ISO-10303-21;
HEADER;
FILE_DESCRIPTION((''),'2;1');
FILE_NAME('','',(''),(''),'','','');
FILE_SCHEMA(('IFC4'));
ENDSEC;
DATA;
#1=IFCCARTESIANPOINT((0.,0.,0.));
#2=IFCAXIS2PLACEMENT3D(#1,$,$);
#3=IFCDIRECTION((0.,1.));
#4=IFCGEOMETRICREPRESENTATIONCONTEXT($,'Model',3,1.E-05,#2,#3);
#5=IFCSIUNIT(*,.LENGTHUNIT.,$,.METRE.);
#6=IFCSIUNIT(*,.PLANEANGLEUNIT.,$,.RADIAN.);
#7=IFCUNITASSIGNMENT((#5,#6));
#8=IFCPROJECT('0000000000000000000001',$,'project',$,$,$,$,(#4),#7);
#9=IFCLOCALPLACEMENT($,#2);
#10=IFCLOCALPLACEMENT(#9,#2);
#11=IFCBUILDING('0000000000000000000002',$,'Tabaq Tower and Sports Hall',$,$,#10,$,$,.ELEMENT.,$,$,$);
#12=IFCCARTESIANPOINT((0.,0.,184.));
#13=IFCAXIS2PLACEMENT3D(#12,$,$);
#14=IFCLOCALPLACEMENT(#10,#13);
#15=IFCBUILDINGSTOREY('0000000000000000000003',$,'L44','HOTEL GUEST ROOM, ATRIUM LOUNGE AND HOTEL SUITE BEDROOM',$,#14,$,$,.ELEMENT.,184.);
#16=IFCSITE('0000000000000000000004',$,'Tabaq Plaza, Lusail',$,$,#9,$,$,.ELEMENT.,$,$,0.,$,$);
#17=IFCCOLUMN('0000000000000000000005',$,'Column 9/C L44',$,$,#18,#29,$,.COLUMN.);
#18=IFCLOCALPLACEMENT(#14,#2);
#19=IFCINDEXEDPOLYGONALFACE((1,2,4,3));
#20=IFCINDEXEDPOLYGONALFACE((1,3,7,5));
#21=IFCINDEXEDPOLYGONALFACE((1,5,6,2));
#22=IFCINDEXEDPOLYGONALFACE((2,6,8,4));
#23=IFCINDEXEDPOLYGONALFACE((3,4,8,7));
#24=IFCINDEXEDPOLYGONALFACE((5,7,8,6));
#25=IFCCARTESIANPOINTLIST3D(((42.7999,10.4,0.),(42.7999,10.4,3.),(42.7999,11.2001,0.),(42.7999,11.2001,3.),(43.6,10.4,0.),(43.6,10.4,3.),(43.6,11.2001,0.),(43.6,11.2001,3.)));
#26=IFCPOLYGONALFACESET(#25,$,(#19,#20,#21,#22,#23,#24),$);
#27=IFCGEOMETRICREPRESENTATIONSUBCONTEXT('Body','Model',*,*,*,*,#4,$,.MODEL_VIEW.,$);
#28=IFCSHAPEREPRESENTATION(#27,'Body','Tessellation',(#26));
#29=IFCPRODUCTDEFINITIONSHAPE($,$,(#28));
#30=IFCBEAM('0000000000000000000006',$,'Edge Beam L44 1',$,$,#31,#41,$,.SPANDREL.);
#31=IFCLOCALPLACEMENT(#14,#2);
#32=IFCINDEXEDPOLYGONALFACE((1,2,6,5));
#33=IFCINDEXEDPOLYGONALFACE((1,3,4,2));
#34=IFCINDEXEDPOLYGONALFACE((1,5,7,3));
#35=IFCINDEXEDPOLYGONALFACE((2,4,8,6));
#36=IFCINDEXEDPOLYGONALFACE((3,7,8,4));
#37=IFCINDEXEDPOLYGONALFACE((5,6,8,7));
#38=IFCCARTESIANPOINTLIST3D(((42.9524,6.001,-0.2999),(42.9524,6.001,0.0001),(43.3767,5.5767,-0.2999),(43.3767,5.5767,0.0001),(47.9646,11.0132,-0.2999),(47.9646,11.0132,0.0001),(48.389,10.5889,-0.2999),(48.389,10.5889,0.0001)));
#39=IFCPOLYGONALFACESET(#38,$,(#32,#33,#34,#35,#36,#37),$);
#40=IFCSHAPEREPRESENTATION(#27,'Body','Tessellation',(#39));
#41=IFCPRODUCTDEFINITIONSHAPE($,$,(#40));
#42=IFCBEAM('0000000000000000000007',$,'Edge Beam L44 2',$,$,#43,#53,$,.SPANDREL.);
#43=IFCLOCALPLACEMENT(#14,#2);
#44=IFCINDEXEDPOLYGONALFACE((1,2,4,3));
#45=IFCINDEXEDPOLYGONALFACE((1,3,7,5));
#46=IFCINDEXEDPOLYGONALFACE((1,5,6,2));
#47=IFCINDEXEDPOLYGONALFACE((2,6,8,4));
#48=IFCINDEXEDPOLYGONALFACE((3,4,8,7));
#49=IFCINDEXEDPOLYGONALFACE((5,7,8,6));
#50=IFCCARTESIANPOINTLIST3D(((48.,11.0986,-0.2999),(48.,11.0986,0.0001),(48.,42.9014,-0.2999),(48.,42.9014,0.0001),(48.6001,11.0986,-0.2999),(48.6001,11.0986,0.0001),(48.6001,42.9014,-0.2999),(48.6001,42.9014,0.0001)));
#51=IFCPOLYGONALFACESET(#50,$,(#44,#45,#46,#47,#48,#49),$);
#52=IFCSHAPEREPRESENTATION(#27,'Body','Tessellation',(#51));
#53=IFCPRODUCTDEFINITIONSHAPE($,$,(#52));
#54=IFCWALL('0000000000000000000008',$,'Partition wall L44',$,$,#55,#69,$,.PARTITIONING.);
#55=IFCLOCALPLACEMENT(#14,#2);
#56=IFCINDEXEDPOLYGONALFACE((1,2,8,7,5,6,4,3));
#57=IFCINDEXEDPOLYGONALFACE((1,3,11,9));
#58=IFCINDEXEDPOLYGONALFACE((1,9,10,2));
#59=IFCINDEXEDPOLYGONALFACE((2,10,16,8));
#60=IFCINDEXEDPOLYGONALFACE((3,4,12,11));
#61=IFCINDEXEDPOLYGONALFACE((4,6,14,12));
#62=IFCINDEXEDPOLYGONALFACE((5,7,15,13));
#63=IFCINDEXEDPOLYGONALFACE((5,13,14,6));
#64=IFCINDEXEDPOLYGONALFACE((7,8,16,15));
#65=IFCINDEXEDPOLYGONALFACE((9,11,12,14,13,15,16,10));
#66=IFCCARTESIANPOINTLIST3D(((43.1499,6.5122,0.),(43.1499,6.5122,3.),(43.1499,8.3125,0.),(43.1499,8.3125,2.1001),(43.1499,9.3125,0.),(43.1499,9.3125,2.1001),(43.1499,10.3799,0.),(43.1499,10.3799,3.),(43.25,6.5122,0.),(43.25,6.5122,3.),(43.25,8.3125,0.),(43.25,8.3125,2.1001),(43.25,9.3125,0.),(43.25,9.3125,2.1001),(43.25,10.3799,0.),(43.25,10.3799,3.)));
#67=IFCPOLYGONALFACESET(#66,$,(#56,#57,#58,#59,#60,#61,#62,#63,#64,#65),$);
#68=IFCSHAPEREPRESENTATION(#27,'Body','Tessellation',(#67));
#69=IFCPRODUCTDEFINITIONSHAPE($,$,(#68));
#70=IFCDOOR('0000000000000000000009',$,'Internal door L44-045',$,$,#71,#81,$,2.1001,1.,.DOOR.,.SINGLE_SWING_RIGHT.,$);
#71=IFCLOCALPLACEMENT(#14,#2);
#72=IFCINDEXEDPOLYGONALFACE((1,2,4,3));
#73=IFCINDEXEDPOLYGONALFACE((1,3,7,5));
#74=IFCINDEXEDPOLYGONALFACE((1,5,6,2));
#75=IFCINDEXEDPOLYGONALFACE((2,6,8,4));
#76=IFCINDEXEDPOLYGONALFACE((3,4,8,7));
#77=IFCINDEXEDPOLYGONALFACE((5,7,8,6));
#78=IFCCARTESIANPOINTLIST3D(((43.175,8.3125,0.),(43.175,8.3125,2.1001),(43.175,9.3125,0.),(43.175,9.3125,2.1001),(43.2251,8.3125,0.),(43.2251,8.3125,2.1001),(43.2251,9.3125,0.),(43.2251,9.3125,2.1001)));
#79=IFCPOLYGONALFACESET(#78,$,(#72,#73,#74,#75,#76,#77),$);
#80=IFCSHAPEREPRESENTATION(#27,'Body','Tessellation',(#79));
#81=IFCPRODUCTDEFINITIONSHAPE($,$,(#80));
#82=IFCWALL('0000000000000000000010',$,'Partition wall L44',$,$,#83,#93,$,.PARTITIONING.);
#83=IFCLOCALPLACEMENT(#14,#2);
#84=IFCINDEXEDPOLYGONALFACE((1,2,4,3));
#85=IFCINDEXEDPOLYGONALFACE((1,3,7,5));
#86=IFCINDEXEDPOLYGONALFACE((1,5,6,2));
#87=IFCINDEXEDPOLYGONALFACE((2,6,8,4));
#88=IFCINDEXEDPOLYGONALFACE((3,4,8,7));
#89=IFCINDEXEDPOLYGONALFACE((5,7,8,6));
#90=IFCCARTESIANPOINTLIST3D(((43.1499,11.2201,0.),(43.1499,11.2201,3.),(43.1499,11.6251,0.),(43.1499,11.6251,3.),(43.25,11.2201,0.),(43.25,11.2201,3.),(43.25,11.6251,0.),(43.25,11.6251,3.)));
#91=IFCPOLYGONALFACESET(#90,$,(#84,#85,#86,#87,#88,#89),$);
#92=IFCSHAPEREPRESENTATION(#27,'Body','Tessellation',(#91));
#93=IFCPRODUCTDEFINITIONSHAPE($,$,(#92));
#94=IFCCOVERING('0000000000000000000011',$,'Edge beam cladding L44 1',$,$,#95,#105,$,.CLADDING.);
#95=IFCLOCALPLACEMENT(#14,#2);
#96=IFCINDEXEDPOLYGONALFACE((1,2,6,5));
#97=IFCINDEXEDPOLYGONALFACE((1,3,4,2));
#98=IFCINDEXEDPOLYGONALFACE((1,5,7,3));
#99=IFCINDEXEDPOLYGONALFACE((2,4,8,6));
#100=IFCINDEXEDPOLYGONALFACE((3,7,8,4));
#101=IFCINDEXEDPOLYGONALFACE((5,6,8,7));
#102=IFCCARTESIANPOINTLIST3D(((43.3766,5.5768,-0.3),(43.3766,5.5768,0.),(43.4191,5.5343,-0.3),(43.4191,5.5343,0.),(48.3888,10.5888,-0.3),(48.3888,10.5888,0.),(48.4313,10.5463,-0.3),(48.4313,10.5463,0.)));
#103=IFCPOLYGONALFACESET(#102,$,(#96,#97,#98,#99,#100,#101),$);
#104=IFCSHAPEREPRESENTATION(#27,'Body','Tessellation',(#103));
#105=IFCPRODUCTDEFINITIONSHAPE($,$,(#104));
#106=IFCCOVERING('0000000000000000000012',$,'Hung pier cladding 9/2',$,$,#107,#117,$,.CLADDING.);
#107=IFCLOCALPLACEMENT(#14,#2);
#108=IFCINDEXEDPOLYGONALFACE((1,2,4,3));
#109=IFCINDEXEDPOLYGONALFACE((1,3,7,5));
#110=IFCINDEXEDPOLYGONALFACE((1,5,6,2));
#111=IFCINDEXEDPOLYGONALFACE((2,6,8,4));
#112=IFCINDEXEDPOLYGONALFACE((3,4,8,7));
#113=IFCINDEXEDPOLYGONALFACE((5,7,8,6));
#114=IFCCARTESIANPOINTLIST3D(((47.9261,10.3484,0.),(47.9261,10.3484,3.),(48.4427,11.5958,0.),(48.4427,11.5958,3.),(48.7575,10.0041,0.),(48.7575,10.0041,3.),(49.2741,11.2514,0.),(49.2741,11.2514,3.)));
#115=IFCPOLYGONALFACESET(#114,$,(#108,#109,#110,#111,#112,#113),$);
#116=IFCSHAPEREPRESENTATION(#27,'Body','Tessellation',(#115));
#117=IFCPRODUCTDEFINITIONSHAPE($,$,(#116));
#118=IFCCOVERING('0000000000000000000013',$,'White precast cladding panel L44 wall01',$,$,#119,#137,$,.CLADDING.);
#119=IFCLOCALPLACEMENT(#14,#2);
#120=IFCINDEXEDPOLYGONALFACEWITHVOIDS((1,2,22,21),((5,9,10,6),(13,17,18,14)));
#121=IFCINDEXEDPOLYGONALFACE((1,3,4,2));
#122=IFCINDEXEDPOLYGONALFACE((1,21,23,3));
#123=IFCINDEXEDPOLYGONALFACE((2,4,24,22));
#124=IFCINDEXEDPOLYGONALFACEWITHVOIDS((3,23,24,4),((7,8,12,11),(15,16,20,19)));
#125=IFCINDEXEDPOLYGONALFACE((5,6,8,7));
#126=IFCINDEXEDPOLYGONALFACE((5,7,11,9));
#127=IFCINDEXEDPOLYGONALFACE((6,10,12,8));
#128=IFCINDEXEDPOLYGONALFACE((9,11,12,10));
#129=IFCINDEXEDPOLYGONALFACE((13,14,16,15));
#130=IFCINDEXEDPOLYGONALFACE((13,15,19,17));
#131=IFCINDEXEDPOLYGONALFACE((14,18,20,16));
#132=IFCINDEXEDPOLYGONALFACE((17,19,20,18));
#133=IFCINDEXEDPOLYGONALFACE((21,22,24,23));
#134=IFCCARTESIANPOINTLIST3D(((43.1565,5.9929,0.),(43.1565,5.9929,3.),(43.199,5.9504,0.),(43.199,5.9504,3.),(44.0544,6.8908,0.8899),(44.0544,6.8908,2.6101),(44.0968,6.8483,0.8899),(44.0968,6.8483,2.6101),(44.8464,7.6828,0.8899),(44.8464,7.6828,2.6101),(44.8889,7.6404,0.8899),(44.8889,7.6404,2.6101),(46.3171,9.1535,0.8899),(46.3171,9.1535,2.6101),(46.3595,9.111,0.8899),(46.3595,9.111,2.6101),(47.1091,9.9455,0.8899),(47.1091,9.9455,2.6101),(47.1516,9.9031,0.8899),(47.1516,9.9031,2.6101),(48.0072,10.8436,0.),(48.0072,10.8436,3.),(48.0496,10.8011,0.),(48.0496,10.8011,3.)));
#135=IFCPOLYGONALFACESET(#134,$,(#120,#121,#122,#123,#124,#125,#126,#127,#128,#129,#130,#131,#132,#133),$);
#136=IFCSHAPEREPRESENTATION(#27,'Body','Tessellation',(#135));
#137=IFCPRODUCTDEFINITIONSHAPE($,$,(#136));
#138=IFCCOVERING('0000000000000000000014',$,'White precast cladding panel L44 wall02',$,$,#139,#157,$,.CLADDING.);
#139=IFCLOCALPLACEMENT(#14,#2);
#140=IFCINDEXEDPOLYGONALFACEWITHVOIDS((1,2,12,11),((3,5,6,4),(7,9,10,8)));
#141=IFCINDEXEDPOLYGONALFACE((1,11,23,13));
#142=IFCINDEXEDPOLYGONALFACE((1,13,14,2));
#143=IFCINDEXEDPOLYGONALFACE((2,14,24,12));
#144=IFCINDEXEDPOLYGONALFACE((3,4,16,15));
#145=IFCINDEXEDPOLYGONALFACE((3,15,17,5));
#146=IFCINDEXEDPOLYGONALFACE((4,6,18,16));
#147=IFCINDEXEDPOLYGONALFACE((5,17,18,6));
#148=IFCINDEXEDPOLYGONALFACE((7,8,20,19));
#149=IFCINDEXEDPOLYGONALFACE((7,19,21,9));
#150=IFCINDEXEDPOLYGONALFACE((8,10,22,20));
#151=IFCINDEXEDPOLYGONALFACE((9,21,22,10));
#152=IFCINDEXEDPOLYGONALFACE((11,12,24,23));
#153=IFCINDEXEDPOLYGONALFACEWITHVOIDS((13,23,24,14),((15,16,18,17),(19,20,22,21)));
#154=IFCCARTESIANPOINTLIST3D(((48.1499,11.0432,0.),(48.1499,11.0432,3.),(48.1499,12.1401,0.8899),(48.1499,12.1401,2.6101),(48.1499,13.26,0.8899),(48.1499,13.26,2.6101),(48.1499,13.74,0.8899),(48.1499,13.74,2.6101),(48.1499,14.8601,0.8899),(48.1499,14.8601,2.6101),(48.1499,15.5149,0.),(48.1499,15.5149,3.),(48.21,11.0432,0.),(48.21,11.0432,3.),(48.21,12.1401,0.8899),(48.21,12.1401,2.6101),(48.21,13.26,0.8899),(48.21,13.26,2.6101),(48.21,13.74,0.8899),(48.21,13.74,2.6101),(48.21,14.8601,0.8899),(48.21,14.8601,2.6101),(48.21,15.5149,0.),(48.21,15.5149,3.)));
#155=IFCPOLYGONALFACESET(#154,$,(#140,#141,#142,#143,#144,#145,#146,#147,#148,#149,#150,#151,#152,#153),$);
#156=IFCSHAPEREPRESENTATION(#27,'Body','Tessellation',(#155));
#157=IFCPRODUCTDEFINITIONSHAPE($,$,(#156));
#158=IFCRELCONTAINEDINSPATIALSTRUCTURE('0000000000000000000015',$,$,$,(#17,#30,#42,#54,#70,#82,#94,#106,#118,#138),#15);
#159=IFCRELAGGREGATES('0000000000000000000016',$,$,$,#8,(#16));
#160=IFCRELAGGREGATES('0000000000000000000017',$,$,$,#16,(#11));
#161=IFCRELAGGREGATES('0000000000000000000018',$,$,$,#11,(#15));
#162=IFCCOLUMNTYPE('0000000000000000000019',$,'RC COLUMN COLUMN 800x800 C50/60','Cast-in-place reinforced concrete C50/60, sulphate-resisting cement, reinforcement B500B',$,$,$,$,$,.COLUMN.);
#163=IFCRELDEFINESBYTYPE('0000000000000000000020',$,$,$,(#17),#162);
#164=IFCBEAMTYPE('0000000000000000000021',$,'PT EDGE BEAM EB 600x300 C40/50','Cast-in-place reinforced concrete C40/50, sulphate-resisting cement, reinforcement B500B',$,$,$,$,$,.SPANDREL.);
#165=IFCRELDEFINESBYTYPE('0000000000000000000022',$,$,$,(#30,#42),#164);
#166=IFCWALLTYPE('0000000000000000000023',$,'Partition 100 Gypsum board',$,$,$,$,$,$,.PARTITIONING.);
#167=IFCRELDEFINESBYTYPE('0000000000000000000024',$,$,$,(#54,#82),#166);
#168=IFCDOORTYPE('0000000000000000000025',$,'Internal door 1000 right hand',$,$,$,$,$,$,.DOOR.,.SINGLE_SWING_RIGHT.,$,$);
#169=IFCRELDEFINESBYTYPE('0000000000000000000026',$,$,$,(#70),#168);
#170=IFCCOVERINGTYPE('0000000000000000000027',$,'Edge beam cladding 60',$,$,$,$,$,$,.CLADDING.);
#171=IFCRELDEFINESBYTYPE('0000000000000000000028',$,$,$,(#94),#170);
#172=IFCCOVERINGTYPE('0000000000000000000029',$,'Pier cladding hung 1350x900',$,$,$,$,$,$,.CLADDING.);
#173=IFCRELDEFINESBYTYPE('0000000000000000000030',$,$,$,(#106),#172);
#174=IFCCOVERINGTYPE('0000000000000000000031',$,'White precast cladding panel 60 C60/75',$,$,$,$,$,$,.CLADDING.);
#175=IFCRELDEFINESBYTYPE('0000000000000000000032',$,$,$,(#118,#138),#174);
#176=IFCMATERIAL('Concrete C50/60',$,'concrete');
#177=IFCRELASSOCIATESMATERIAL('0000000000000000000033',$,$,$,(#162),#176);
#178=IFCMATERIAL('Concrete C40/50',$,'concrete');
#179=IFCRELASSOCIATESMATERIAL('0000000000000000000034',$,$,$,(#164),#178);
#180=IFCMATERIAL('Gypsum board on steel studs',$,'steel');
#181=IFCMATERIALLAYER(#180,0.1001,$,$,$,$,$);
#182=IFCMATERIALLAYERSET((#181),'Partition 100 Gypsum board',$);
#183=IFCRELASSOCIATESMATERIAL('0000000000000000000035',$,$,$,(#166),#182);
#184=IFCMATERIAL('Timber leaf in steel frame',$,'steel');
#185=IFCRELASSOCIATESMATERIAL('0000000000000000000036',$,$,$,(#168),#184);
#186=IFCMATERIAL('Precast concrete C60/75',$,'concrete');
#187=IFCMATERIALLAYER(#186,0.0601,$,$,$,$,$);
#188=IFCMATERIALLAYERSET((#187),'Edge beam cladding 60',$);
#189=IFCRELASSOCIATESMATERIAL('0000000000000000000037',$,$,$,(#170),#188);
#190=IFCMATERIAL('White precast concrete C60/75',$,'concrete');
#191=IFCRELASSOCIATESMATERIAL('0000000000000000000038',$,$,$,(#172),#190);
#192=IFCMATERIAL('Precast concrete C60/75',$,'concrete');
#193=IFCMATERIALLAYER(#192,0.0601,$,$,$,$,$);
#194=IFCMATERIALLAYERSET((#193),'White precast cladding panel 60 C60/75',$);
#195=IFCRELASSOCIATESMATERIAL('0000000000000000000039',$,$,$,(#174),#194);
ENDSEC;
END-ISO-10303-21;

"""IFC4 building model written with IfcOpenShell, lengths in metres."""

from ifc_helpers import new_model, si_unit, direction, frame, frame_2d, origin, origin_2d, place, context, subcontext, project, spatial, polyline, rectangle, outline, extrude, material, layer, layer_set, material_profile, profile_set, type_object, element, fill, save


model = new_model("IFC4")

# Units and contexts
model_context = context("Model", 3, precision=1e-05, world=origin(), true_north=direction((0.0, 1.0)))
body_context = subcontext(model_context, "Body", "Model", "MODEL_VIEW")
ifc_project = project(units=[si_unit("LENGTHUNIT", "METRE"), si_unit("PLANEANGLEUNIT", "RADIAN")], contexts=[model_context])

# Site, building, storey
site_placement = place(None, origin())
site = spatial("IfcSite", under=ifc_project, at=site_placement, Name="Tabaq Plaza, Lusail", CompositionType="ELEMENT", RefElevation=0.0)
building_placement = place(site_placement, origin())
building = spatial("IfcBuilding", under=site, at=building_placement, Name="Tabaq Tower and Sports Hall", CompositionType="ELEMENT")
storey_placement = place(building_placement, frame((0.0, 0.0, 184.0)))
storey = spatial("IfcBuildingStorey", under=building, at=storey_placement, Name="L44", Description="HOTEL GUEST ROOM, ATRIUM LOUNGE AND HOTEL SUITE BEDROOM", CompositionType="ELEMENT", Elevation=184.0)

# Column
ifc_material_1 = material(Name="Concrete C50/60", Category="concrete")
ifc_material_profile_1 = material_profile(ifc_material_1, rectangle(XDim=0.8, YDim=0.8, at=origin_2d()), Name="COLUMN 800x800")
ifc_profile_set_1 = profile_set([ifc_material_profile_1], Name="Concrete C50/60")
column_type = type_object("IfcColumnType", Name="RC COLUMN COLUMN 800x800 C50/60", Description="Cast-in-place reinforced concrete C50/60, sulphate-resisting cement, reinforcement B500B", PredefinedType="COLUMN", material=ifc_profile_set_1)
column_placement = place(storey_placement, frame((43.2, 10.8, 0.0), z_axis=(0.0, 0.0, 1.0), x_axis=(1.0, 0.0, 0.0)))
element("IfcColumn", 1, at=column_placement, inside=storey, type_object=column_type, Name="Column 9/C L44", PredefinedType="COLUMN", context=body_context, shape_type="SweptSolid", body=[
    extrude(rectangle(XDim=0.8, YDim=0.8, at=origin_2d()), origin(), (0.0, 0.0, 1.0), 3.0),
])

# Beams
ifc_material_2 = material(Name="Concrete C40/50", Category="concrete")
ifc_material_profile_2 = material_profile(ifc_material_2, rectangle(XDim=0.6001, YDim=0.3, at=origin_2d()), Name="EB 600x300")
ifc_profile_set_2 = profile_set([ifc_material_profile_2], Name="Concrete C40/50")
beam_type = type_object("IfcBeamType", Name="PT EDGE BEAM EB 600x300 C40/50", Description="Cast-in-place reinforced concrete C40/50, sulphate-resisting cement, reinforcement B500B", PredefinedType="SPANDREL", material=ifc_profile_set_2)
beam_1_placement = place(storey_placement, frame((43.1646, 5.7888, -0.1499), z_axis=(0.707107, 0.707107, 0.0), x_axis=(-0.707107, 0.707107, 0.0)))
element("IfcBeam", 2, at=beam_1_placement, inside=storey, type_object=beam_type, Name="Edge Beam L44 1", PredefinedType="SPANDREL", context=body_context, shape_type="SweptSolid", body=[
    extrude(rectangle(XDim=0.6001, YDim=0.3, at=origin_2d()), origin(), (0.0, 0.0, 1.0), 7.0884),
])
beam_2_placement = place(storey_placement, frame((48.3, 11.0986, -0.1499), z_axis=(0.0, 1.0, 0.0), x_axis=(-1.0, 0.0, 0.0)))
element("IfcBeam", 3, at=beam_2_placement, inside=storey, type_object=beam_type, Name="Edge Beam L44 2", PredefinedType="SPANDREL", context=body_context, shape_type="SweptSolid", body=[
    extrude(rectangle(XDim=0.6001, YDim=0.3, at=origin_2d()), origin(), (0.0, 0.0, 1.0), 31.8027),
])

# Wall, opening, door
ifc_material_3 = material(Name="Gypsum board on steel studs", Category="steel")
ifc_layer_1 = layer(ifc_material_3, 0.1001)
ifc_layer_set_1 = layer_set([ifc_layer_1], Name="Partition 100 Gypsum board")
wall_type_1 = type_object("IfcWallType", Name="Partition 100 Gypsum board", PredefinedType="PARTITIONING", material=ifc_layer_set_1)
wall_1_placement = place(storey_placement, frame((43.2, 6.5122, 0.0), z_axis=(0.0, 0.0, 1.0), x_axis=(0.0, 1.0, 0.0)))
wall_1 = element("IfcWall", 4, at=wall_1_placement, inside=storey, type_object=wall_type_1, Name="Partition wall L44", PredefinedType="PARTITIONING", context=body_context, shape_type="SweptSolid", body=[
    extrude(rectangle(XDim=3.8677, YDim=0.1001, at=frame_2d((1.9338, 0.0))), origin(), (0.0, 0.0, 1.0), 3.0),
])
opening_1_placement = place(wall_1_placement, frame((1.8003, 0.0, 0.0)))
opening_1 = element("IfcOpeningElement", 5, at=opening_1_placement, cuts=wall_1, PredefinedType="OPENING", context=body_context, shape_type="SweptSolid", body=[
    extrude(rectangle(XDim=1.0, YDim=2.1001, at=frame_2d((0.5, 1.05))), frame((0.0, 0.05, 0.0), z_axis=(0.0, -1.0, 0.0), x_axis=(1.0, 0.0, 0.0)), (0.0, 0.0, 1.0), 0.1001),
])
ifc_material_4 = material(Name="Timber leaf in steel frame", Category="steel")
door_type = type_object("IfcDoorType", Name="Internal door 1000 right hand", OperationType="SINGLE_SWING_RIGHT", PredefinedType="DOOR", material=ifc_material_4)
door_placement = place(opening_1_placement, origin())
door = element("IfcDoor", 6, at=door_placement, inside=storey, type_object=door_type, Name="Internal door L44-045", OperationType="SINGLE_SWING_RIGHT", OverallHeight=2.1001, OverallWidth=1.0, PredefinedType="DOOR", context=body_context, shape_type="SweptSolid", body=[
    extrude(rectangle(XDim=1.0, YDim=2.1001, at=frame_2d((0.5, 1.05))), frame((0.0, 0.0249, 0.0), z_axis=(0.0, -1.0, 0.0), x_axis=(1.0, 0.0, 0.0)), (0.0, 0.0, 1.0), 0.05),
])
fill(opening_1, door)

# Wall
wall_2_placement = place(storey_placement, frame((43.2, 11.22, 0.0), z_axis=(0.0, 0.0, 1.0), x_axis=(0.0, 1.0, 0.0)))
element("IfcWall", 7, at=wall_2_placement, inside=storey, type_object=wall_type_1, Name="Partition wall L44", PredefinedType="PARTITIONING", context=body_context, shape_type="SweptSolid", body=[
    extrude(rectangle(XDim=0.405, YDim=0.1001, at=frame_2d((0.2026, 0.0))), origin(), (0.0, 0.0, 1.0), 3.0),
])

# Coverings
ifc_material_5 = material(Name="Precast concrete C60/75", Category="concrete")
ifc_layer_2 = layer(ifc_material_5, 0.0601)
ifc_layer_set_2 = layer_set([ifc_layer_2], Name="Edge beam cladding 60")
covering_type_1 = type_object("IfcCoveringType", Name="Edge beam cladding 60", PredefinedType="CLADDING", material=ifc_layer_set_2)
covering_1_placement = place(storey_placement, frame((43.3979, 5.5557, -0.3), z_axis=(0.0, 0.0, 1.0), x_axis=(0.707124, 0.70709, 0.0)))
element("IfcCovering", 8, at=covering_1_placement, inside=storey, type_object=covering_type_1, Name="Edge beam cladding L44 1", PredefinedType="CLADDING", context=body_context, shape_type="SweptSolid", body=[
    extrude(rectangle(XDim=7.0881, YDim=0.0601, at=frame_2d((3.5439, 0.0))), origin(), (0.0, 0.0, 1.0), 0.3),
])
ifc_material_6 = material(Name="White precast concrete C60/75", Category="concrete")
covering_type_2 = type_object("IfcCoveringType", Name="Pier cladding hung 1350x900", PredefinedType="CLADDING", material=ifc_material_6)
covering_2_placement = place(storey_placement, frame((48.3418, 10.1763, 0.0), z_axis=(0.0, 0.0, 1.0), x_axis=(0.38265, 0.923893, 0.0)))
element("IfcCovering", 9, at=covering_2_placement, inside=storey, type_object=covering_type_2, Name="Hung pier cladding 9/2", PredefinedType="CLADDING", context=body_context, shape_type="SweptSolid", body=[
    extrude(rectangle(XDim=1.3501, YDim=0.8999, at=frame_2d((0.675, 0.0))), origin(), (0.0, 0.0, 1.0), 3.0),
])
ifc_material_7 = material(Name="Precast concrete C60/75", Category="concrete")
ifc_layer_3 = layer(ifc_material_7, 0.0601)
ifc_layer_set_3 = layer_set([ifc_layer_3], Name="White precast cladding panel 60 C60/75")
covering_type_3 = type_object("IfcCoveringType", Name="White precast cladding panel 60 C60/75", PredefinedType="CLADDING", material=ifc_layer_set_3)
covering_3_placement = place(storey_placement, frame((43.1777, 5.9717, 0.0), z_axis=(0.0, 0.0, 1.0), x_axis=(0.707107, 0.707107, 0.0)))
element("IfcCovering", 10, at=covering_3_placement, inside=storey, type_object=covering_type_3, Name="White precast cladding panel L44 wall01", PredefinedType="CLADDING", context=body_context, shape_type="SweptSolid", body=[
    extrude(outline(polyline([(0.0, 0.0), (6.8599, 0.0), (6.8599, 3.0), (0.0, 3.0), (0.0, 0.0)]), holes=[polyline([(1.2698, 2.6101), (2.3899, 2.6101), (2.3899, 0.8899), (1.2698, 0.8899), (1.2698, 2.6101)]), polyline([(4.4697, 2.6101), (5.5898, 2.6101), (5.5898, 0.8899), (4.4697, 0.8899), (4.4697, 2.6101)])]), frame((0.0, 0.03, 0.0), z_axis=(0.0, -1.0, 0.0), x_axis=(1.0, 0.0, 0.0)), (0.0, 0.0, 1.0), 0.0601),
])
covering_4_placement = place(storey_placement, frame((48.1799, 11.0432, 0.0), z_axis=(0.0, 0.0, 1.0), x_axis=(0.0, 1.0, 0.0)))
element("IfcCovering", 11, at=covering_4_placement, inside=storey, type_object=covering_type_3, Name="White precast cladding panel L44 wall02", PredefinedType="CLADDING", context=body_context, shape_type="SweptSolid", body=[
    extrude(outline(polyline([(0.0, 0.0), (4.4717, 0.0), (4.4717, 3.0), (0.0, 3.0), (0.0, 0.0)]), holes=[polyline([(1.0969, 2.6101), (2.2168, 2.6101), (2.2168, 0.8899), (1.0969, 0.8899), (1.0969, 2.6101)]), polyline([(2.6968, 2.6101), (3.8169, 2.6101), (3.8169, 0.8899), (2.6968, 0.8899), (2.6968, 2.6101)])]), frame((0.0, 0.03, 0.0), z_axis=(0.0, -1.0, 0.0), x_axis=(1.0, 0.0, 0.0)), (0.0, 0.0, 1.0), 0.0601),
])

save(model, "model.ifc")
